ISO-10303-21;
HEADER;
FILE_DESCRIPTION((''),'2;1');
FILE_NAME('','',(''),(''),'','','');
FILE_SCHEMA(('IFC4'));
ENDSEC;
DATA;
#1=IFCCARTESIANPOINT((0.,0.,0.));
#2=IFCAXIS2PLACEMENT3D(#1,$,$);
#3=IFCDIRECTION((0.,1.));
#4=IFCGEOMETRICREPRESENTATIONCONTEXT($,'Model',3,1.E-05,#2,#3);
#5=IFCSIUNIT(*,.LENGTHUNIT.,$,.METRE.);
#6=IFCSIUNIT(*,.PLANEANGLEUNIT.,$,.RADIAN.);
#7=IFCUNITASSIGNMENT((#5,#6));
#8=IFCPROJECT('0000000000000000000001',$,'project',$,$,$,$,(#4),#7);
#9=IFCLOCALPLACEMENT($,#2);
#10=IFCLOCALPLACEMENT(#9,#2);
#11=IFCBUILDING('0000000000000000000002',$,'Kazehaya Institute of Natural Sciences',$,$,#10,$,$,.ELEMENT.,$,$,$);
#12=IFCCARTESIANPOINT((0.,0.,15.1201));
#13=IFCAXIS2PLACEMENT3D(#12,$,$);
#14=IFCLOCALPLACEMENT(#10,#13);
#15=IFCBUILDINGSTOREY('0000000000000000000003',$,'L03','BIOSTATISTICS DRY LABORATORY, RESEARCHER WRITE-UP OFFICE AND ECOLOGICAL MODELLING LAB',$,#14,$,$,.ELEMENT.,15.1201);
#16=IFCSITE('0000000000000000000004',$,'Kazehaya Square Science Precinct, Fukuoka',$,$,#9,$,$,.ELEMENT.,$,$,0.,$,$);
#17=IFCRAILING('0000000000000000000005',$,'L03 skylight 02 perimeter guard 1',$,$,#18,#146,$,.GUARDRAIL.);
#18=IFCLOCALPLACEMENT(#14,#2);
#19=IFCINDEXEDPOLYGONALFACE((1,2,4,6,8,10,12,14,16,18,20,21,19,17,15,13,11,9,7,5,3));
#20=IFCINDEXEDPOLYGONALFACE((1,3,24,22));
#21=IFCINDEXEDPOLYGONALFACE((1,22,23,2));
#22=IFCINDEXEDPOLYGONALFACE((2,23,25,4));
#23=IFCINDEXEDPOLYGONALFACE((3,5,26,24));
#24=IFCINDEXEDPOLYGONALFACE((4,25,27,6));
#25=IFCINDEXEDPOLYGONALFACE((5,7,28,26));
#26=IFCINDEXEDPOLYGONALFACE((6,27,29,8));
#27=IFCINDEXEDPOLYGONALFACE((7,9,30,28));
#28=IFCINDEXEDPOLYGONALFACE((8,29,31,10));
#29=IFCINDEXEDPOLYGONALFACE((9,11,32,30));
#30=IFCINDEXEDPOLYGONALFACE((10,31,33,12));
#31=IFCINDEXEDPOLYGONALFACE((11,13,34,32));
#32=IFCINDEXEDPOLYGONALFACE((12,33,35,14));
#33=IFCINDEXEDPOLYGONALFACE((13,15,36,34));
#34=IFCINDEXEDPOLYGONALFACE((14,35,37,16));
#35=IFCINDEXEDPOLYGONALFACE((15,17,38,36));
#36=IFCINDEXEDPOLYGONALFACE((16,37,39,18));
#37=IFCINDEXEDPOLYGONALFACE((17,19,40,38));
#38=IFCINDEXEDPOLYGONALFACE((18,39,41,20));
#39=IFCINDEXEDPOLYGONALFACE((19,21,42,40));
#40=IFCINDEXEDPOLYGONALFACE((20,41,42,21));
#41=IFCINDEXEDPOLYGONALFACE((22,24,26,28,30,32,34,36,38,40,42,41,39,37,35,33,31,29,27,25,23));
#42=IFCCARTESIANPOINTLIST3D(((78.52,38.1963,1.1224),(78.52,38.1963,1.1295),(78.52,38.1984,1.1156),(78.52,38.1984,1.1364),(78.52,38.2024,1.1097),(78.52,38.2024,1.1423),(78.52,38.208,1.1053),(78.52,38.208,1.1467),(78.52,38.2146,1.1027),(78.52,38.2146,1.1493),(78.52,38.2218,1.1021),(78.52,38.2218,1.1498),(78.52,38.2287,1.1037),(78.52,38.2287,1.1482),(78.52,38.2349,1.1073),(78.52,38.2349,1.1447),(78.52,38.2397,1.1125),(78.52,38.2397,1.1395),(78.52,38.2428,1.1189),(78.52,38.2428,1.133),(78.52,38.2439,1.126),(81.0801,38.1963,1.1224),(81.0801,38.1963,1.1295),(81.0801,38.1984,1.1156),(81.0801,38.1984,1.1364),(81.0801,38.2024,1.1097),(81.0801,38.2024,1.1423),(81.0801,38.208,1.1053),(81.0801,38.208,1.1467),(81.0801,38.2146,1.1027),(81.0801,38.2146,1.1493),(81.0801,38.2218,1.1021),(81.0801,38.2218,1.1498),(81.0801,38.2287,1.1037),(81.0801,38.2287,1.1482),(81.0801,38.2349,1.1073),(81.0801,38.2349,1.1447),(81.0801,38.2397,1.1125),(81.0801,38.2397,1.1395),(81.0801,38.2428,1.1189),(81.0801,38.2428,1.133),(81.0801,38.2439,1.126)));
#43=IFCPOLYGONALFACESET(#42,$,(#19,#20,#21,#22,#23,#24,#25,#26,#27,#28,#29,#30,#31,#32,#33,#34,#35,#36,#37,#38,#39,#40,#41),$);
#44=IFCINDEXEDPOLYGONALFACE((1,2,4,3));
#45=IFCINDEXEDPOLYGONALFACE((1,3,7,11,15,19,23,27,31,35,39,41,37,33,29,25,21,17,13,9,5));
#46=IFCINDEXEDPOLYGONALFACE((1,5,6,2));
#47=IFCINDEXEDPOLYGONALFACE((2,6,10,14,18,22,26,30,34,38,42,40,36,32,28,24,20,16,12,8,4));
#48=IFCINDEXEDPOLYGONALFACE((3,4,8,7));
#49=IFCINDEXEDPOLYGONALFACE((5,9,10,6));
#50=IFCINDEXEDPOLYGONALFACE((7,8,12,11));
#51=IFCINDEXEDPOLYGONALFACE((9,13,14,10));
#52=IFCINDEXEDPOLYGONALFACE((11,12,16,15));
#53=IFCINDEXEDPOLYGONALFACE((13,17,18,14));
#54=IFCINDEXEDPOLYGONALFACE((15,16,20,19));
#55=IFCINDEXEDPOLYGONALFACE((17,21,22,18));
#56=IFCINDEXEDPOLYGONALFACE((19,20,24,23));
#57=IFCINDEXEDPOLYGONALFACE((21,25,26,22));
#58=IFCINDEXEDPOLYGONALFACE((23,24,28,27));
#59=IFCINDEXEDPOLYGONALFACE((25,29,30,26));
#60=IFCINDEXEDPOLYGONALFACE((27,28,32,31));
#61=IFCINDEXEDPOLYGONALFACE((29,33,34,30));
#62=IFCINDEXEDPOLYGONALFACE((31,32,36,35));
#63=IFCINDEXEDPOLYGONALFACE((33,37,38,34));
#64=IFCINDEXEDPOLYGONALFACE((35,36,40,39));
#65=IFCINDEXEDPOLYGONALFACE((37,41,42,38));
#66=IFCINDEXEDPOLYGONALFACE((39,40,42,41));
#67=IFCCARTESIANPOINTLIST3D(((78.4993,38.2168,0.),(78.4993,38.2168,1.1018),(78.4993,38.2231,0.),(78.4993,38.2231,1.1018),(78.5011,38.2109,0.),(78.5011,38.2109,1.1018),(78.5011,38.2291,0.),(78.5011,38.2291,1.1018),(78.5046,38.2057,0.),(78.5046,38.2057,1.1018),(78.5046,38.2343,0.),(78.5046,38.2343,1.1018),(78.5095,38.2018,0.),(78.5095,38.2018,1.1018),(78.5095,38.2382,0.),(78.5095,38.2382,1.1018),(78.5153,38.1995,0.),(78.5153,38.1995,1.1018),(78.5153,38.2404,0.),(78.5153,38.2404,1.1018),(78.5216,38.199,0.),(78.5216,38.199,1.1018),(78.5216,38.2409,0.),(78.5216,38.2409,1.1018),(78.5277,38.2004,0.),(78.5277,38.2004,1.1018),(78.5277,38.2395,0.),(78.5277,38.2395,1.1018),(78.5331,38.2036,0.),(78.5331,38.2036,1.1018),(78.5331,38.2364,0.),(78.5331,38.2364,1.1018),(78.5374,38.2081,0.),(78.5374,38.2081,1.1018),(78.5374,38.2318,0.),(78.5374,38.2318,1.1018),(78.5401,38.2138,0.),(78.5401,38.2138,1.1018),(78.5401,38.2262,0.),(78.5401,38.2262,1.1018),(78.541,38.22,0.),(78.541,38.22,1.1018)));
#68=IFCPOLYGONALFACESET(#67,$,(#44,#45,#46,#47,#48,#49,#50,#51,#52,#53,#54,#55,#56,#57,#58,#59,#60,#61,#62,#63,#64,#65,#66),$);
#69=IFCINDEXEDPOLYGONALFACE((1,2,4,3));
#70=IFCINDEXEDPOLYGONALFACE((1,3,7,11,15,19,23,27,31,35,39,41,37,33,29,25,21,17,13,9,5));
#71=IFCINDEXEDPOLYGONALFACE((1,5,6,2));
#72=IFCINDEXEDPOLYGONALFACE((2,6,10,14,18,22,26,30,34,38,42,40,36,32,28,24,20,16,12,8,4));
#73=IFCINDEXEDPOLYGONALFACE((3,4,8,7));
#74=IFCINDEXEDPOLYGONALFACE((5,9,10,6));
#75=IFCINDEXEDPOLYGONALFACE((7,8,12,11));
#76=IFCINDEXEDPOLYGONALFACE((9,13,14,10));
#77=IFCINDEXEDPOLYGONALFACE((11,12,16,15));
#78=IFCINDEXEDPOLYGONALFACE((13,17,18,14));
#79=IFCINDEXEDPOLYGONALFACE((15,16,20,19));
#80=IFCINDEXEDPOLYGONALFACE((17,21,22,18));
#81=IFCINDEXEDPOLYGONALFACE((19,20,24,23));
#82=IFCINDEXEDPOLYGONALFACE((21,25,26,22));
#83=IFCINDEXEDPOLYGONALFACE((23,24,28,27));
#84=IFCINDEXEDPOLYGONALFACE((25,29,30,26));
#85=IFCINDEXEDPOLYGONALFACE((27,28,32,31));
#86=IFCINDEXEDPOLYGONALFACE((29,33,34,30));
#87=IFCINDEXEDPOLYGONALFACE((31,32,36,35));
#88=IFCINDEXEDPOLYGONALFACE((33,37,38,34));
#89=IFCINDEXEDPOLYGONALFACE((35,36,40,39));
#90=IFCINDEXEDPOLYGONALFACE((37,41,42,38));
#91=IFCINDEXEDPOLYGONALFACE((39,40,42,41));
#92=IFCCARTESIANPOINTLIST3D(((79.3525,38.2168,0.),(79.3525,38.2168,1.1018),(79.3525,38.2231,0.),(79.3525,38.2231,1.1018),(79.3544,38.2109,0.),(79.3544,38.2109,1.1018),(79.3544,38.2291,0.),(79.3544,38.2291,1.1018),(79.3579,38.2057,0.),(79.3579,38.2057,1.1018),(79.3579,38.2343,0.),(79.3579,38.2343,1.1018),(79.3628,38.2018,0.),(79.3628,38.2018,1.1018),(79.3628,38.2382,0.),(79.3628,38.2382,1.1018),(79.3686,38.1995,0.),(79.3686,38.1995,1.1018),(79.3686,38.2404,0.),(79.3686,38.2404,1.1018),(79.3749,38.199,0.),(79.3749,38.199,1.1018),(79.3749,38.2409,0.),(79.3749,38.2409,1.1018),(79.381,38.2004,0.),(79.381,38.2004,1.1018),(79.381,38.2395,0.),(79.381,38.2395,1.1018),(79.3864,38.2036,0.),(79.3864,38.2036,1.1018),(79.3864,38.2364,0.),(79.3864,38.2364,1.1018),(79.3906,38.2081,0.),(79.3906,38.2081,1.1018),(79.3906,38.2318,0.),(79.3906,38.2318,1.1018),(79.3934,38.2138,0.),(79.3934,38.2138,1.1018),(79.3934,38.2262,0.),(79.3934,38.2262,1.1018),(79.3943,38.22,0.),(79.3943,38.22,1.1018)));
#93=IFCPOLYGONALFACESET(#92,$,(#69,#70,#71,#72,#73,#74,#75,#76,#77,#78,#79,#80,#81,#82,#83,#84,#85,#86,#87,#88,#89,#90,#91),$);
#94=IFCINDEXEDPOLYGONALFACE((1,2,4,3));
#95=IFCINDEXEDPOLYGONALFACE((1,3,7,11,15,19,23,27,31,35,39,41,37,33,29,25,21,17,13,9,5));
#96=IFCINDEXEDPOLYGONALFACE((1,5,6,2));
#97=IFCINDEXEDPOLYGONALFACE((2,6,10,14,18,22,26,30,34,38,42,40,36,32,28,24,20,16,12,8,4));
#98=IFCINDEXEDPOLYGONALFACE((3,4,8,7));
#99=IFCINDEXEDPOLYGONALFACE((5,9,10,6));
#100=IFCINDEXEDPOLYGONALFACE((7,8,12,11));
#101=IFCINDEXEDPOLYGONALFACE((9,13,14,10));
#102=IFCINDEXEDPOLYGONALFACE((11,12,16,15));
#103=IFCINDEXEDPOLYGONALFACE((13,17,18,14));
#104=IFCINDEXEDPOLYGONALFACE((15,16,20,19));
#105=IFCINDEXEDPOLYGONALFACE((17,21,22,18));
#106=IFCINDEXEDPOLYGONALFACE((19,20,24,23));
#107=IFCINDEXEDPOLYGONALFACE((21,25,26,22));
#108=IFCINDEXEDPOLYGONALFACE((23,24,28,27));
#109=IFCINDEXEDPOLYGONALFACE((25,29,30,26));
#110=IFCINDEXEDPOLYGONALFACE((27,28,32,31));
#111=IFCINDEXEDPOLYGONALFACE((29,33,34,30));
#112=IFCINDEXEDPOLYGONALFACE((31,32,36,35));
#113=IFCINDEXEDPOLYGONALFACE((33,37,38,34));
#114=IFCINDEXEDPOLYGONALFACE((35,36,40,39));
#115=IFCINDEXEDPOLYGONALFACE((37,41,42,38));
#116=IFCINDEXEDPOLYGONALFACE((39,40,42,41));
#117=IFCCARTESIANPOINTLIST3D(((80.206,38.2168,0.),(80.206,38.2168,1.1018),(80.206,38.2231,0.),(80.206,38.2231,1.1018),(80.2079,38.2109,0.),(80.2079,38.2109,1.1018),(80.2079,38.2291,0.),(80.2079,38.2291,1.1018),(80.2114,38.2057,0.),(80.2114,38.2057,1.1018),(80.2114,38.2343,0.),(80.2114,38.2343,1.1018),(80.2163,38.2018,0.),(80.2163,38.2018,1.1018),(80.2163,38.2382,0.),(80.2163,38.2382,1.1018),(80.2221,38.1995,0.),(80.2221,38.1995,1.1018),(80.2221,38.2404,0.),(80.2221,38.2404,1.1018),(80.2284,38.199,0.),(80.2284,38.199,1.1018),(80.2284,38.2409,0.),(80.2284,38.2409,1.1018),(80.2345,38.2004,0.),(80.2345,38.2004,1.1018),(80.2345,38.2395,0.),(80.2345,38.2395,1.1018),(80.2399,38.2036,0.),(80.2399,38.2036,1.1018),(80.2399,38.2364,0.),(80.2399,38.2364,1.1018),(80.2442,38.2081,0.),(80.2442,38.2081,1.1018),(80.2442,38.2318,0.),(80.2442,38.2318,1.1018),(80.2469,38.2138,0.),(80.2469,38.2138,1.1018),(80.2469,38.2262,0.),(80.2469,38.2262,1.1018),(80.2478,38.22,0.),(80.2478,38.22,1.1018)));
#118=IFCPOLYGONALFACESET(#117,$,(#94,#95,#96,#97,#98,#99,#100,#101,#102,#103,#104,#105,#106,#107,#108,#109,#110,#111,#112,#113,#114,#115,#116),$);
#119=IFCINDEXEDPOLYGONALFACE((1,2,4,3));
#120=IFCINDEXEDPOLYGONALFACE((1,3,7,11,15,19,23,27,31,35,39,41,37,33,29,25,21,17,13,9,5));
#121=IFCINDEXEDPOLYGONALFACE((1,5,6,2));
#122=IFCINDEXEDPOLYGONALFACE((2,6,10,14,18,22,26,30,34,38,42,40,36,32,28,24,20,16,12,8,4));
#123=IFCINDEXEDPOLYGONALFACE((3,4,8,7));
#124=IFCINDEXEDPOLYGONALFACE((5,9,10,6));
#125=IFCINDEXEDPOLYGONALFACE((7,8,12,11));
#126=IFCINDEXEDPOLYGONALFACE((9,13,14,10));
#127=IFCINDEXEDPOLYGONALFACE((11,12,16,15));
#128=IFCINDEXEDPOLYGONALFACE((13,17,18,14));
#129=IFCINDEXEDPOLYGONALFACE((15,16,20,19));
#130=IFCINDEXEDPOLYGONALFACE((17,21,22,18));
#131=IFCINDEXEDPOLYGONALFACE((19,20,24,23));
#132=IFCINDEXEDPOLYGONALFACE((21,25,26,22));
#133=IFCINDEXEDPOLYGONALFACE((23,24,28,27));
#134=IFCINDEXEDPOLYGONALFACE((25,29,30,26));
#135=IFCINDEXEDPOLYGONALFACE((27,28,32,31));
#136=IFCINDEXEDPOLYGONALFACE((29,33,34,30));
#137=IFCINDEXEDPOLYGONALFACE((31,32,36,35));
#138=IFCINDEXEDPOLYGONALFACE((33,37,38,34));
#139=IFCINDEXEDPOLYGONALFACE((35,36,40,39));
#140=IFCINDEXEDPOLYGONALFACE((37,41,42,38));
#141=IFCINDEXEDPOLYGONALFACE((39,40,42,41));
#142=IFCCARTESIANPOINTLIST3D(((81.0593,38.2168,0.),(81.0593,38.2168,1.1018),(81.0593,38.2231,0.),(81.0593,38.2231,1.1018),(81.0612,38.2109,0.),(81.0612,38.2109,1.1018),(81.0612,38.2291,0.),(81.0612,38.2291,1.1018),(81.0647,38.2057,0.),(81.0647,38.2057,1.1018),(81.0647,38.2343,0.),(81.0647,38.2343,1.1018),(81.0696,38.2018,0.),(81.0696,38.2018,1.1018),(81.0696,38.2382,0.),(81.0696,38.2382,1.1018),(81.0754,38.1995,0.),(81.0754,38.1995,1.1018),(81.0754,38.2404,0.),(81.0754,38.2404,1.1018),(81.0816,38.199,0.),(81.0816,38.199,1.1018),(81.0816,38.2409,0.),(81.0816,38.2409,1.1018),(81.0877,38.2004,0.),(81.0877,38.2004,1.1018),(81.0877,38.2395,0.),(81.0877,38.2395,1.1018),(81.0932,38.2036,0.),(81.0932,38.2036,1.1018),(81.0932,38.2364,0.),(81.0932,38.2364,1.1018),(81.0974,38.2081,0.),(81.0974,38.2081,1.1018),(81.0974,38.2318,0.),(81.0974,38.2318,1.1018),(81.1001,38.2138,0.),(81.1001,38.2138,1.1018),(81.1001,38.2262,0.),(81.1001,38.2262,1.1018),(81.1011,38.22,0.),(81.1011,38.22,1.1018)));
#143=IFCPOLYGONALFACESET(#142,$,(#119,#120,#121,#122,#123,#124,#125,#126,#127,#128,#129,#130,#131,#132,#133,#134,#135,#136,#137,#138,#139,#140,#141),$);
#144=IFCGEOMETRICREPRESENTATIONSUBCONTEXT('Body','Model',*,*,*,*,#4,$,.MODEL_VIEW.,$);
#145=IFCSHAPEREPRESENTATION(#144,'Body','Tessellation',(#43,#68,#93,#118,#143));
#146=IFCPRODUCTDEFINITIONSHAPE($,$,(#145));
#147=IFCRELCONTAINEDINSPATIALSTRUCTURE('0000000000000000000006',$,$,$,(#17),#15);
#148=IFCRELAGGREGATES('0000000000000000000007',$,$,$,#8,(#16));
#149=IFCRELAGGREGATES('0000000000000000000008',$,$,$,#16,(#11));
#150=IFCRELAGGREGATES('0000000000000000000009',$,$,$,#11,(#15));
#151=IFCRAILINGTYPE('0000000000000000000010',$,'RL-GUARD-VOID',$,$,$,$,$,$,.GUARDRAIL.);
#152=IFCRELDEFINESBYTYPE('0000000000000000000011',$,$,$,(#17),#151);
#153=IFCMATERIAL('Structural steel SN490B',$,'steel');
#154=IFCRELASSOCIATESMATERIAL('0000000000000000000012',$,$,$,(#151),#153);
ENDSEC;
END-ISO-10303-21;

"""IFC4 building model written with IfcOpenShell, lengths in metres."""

from ifc_helpers import new_model, si_unit, direction, frame, origin, origin_2d, place, context, subcontext, project, spatial, circle, extrude, material, type_object, element, save


model = new_model("IFC4")

# Units and contexts
model_context = context("Model", 3, precision=1e-05, world=origin(), true_north=direction((0.0, 1.0)))
body_context = subcontext(model_context, "Body", "Model", "MODEL_VIEW")
ifc_project = project(units=[si_unit("LENGTHUNIT", "METRE"), si_unit("PLANEANGLEUNIT", "RADIAN")], contexts=[model_context])

# Site, building, storey
site_placement = place(None, origin())
site = spatial("IfcSite", under=ifc_project, at=site_placement, Name="Kazehaya Square Science Precinct, Fukuoka", CompositionType="ELEMENT", RefElevation=0.0)
building_placement = place(site_placement, origin())
building = spatial("IfcBuilding", under=site, at=building_placement, Name="Kazehaya Institute of Natural Sciences", CompositionType="ELEMENT")
storey_placement = place(building_placement, frame((0.0, 0.0, 15.1201)))
storey = spatial("IfcBuildingStorey", under=building, at=storey_placement, Name="L03", Description="BIOSTATISTICS DRY LABORATORY, RESEARCHER WRITE-UP OFFICE AND ECOLOGICAL MODELLING LAB", CompositionType="ELEMENT", Elevation=15.1201)

# Railing
ifc_material_1 = material(Name="Structural steel SN490B", Category="steel")
railing_type = type_object("IfcRailingType", Name="RL-GUARD-VOID", PredefinedType="GUARDRAIL", material=ifc_material_1)
railing_1_placement = place(storey_placement, frame((78.52, 38.22, 0.0)))
element("IfcRailing", 1, at=railing_1_placement, inside=storey, type_object=railing_type, Name="L03 skylight 02 perimeter guard 1", PredefinedType="GUARDRAIL", context=body_context, shape_type="SweptSolid", body=[
    extrude(circle(Radius=0.0239, at=origin_2d()), frame((0.0, 0.0, 1.126), z_axis=(1.0, 0.0, 0.0), x_axis=(0.0, 1.0, 0.0)), (0.0, 0.0, 1.0), 2.5601),
    extrude(circle(Radius=0.021, at=origin_2d()), origin(), (0.0, 0.0, 1.0), 1.1018),
    extrude(circle(Radius=0.021, at=origin_2d()), frame((0.8533, 0.0, 0.0)), (0.0, 0.0, 1.0), 1.1018),
    extrude(circle(Radius=0.021, at=origin_2d()), frame((1.7068, 0.0, 0.0)), (0.0, 0.0, 1.0), 1.1018),
    extrude(circle(Radius=0.021, at=origin_2d()), frame((2.5601, 0.0, 0.0)), (0.0, 0.0, 1.0), 1.1018),
])

save(model, "model.ifc")
